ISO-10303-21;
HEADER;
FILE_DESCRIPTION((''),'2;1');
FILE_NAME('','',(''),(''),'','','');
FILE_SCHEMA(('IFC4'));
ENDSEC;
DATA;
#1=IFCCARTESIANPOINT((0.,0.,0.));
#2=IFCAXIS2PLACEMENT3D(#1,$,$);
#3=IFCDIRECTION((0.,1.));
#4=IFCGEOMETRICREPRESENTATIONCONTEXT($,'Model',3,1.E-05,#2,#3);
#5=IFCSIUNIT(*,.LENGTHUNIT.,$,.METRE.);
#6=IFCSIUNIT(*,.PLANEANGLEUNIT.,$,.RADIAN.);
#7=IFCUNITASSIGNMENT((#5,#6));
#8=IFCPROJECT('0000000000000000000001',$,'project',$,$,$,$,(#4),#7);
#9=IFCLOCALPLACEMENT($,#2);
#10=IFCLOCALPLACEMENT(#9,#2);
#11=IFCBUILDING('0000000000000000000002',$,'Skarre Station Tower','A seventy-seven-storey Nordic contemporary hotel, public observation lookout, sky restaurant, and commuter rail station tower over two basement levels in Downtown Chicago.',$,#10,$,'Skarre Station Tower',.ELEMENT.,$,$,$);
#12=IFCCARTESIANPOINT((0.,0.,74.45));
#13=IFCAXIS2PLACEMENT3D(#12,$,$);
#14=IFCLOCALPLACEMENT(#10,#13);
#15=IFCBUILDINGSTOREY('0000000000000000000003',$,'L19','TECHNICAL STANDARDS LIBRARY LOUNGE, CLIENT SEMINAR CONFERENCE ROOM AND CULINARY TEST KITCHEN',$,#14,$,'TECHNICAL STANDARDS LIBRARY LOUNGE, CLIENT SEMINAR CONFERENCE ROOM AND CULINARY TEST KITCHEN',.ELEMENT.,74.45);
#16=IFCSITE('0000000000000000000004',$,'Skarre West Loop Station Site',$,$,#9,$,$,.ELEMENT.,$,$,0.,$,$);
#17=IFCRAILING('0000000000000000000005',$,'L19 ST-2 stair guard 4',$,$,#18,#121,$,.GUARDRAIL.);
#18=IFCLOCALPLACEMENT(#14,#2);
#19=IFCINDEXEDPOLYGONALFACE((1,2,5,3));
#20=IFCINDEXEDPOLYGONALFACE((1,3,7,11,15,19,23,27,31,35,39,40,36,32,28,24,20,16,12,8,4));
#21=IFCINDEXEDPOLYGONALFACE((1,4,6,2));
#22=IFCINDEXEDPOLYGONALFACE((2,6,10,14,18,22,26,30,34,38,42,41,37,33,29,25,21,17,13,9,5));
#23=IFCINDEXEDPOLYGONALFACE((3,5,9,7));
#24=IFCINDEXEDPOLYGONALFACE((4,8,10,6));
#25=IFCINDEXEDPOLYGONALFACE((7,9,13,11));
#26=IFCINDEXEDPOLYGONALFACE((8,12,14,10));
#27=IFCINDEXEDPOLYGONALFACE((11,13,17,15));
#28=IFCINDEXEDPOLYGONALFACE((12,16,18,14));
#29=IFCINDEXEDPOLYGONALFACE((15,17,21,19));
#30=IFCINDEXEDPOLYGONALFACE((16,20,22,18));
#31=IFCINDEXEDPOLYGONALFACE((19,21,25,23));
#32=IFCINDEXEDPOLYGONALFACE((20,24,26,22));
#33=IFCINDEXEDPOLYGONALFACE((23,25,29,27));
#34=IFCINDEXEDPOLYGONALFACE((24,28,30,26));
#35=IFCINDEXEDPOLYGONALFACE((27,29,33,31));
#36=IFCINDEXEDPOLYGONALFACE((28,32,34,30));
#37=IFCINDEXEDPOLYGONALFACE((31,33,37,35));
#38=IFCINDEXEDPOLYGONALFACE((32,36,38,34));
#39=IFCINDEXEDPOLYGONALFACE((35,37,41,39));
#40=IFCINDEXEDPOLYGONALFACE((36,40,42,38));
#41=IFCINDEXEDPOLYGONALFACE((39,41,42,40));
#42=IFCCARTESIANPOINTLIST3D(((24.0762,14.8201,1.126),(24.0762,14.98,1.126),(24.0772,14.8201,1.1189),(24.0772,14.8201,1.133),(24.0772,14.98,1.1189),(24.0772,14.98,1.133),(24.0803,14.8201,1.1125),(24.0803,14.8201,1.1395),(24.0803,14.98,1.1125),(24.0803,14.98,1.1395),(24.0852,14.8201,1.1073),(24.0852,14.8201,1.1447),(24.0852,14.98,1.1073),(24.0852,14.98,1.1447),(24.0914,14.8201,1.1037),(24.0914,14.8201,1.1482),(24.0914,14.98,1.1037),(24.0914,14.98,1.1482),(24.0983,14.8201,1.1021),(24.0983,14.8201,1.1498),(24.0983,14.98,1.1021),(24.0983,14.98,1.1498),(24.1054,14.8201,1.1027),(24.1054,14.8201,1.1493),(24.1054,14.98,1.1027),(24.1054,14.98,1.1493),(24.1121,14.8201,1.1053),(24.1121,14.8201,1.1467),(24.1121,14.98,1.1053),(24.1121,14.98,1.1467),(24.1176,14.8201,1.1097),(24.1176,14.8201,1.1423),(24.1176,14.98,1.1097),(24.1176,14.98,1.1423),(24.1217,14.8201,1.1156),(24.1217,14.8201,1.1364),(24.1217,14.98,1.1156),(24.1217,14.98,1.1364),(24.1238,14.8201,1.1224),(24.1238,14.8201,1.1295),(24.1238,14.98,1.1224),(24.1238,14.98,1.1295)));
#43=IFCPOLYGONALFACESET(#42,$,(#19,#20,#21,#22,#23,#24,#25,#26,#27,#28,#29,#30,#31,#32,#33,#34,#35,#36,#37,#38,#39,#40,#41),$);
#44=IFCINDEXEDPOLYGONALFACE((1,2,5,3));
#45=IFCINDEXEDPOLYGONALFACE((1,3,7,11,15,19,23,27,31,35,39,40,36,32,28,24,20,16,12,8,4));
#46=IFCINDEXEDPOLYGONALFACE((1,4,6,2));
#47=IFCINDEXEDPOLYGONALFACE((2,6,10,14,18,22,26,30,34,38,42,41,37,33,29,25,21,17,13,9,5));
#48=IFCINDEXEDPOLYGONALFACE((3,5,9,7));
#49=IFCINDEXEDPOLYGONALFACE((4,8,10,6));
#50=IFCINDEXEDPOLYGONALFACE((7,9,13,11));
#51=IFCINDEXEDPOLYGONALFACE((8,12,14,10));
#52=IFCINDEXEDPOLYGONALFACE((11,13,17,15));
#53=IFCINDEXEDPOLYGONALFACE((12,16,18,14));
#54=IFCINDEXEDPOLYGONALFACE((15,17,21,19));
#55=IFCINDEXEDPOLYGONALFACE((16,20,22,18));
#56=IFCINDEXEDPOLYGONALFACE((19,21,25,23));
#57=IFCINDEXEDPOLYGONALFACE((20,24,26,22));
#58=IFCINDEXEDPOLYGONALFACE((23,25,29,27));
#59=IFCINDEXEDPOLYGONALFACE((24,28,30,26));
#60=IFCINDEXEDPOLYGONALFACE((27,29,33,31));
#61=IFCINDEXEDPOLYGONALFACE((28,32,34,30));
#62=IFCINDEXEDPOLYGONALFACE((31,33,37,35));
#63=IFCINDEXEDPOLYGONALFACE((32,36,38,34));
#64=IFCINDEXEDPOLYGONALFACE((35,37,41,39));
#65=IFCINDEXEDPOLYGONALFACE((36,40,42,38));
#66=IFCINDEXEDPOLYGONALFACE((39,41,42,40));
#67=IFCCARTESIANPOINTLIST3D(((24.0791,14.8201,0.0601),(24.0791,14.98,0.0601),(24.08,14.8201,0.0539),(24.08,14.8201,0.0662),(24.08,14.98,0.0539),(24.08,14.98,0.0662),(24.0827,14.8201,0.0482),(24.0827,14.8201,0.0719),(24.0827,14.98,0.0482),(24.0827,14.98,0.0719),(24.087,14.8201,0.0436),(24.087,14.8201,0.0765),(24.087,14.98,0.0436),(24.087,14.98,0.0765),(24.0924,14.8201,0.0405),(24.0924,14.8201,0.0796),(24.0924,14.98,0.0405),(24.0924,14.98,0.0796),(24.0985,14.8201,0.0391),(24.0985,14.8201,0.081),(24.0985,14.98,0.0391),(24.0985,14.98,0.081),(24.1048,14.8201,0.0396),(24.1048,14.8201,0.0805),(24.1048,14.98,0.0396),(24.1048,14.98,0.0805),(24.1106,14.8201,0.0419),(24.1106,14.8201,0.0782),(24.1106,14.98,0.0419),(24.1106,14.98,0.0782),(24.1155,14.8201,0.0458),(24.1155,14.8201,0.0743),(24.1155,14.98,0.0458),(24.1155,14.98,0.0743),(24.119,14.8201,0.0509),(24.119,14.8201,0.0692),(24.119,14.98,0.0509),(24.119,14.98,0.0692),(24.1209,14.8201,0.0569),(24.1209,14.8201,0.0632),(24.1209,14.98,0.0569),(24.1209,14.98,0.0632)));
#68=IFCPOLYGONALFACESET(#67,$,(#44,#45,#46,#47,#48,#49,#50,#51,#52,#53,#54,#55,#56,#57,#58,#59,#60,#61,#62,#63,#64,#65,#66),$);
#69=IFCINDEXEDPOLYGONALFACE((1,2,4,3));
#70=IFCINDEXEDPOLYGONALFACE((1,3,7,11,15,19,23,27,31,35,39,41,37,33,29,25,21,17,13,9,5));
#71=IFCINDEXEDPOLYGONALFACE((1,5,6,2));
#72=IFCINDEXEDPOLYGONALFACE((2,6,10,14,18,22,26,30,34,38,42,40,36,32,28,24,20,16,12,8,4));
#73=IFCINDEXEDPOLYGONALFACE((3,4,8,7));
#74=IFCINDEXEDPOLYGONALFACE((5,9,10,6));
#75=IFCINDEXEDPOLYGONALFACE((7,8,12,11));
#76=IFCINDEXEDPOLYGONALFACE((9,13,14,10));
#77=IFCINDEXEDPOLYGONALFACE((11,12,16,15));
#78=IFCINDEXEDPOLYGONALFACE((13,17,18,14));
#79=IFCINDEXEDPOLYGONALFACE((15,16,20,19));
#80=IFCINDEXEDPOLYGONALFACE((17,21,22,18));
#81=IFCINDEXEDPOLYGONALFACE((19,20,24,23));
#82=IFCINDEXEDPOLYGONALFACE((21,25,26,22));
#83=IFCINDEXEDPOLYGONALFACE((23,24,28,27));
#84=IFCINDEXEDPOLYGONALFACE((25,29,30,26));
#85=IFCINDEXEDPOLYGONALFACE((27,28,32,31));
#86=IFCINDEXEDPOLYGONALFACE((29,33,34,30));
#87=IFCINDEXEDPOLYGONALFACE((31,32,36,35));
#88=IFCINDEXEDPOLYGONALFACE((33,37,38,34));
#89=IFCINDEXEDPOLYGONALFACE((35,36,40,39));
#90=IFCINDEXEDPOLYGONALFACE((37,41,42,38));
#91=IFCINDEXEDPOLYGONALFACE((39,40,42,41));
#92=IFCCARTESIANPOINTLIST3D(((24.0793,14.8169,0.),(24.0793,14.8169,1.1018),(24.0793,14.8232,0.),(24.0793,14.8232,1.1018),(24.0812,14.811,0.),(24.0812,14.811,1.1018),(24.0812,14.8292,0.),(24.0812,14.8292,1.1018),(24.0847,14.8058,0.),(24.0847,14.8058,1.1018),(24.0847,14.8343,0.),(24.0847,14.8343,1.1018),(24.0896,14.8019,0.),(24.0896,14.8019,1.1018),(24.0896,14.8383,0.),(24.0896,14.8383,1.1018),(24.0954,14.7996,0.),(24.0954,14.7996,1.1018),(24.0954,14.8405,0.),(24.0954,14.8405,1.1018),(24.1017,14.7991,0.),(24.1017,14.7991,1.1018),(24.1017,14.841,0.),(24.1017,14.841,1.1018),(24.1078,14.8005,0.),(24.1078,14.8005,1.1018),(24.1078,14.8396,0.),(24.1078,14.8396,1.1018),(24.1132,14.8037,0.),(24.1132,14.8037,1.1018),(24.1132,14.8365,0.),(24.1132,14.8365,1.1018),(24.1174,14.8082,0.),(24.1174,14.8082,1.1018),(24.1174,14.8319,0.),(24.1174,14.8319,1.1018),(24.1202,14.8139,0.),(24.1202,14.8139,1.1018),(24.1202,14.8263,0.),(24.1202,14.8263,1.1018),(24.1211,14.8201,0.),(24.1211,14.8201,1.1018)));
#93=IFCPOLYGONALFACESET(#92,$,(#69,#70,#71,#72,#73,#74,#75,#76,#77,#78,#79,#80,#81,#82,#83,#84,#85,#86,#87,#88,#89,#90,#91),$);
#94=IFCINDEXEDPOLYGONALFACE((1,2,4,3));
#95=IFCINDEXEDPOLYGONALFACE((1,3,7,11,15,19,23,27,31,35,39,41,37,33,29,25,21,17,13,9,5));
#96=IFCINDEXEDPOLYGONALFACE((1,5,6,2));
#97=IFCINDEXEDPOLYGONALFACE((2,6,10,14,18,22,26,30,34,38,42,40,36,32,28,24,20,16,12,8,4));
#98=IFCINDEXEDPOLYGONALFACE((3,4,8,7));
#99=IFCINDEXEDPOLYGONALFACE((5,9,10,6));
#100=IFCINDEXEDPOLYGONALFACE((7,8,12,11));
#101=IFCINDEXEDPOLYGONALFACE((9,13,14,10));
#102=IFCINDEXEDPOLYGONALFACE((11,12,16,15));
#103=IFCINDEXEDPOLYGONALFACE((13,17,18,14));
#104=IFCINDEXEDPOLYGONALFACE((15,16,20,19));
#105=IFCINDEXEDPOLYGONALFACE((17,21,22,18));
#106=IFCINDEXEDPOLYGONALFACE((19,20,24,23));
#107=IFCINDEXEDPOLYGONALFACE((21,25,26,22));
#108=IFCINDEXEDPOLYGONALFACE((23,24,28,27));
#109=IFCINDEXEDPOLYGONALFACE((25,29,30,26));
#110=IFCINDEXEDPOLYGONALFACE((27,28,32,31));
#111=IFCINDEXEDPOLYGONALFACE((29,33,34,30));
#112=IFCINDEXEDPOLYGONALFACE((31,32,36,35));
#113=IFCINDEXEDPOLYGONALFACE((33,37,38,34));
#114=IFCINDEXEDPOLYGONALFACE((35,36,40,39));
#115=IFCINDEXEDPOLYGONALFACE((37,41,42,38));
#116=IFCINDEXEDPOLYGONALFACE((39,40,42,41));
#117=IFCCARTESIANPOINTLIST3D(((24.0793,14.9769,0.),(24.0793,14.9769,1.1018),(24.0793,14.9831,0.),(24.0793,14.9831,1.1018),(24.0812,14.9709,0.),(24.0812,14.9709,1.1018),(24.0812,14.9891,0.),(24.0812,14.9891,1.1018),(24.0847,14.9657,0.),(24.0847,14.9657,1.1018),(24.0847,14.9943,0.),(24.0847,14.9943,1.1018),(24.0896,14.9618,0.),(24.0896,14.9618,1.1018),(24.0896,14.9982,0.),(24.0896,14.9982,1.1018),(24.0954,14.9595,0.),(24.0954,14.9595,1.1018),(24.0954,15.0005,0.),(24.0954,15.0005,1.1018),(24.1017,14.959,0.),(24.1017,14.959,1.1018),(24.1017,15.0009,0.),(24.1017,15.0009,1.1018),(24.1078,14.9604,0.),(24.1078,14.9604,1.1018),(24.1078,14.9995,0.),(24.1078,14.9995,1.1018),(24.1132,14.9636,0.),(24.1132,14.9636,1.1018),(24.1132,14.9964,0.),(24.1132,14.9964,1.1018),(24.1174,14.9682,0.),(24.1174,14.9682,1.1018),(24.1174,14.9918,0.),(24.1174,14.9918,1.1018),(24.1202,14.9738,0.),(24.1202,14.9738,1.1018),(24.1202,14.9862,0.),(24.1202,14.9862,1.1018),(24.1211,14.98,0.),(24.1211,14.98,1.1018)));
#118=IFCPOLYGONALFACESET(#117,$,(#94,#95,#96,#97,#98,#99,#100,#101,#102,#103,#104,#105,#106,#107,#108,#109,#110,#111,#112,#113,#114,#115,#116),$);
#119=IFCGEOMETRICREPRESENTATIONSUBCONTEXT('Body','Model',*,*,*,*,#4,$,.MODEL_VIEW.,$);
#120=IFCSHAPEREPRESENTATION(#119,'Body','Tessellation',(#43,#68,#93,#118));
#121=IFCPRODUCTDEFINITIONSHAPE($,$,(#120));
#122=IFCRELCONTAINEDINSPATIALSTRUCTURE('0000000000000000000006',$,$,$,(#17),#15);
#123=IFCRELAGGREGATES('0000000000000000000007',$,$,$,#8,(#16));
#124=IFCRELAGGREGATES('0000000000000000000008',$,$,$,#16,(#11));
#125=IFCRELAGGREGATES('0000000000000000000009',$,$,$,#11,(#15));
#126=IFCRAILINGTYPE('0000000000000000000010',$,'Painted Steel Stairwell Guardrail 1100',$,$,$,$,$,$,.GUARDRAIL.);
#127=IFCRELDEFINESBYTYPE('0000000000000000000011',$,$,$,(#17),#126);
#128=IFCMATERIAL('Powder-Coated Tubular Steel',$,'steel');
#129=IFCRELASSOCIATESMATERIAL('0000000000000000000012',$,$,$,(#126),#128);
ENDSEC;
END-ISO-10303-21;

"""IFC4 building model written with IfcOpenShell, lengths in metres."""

from ifc_helpers import new_model, si_unit, direction, frame, origin, origin_2d, place, context, subcontext, project, spatial, circle, extrude, material, type_object, element, save


model = new_model("IFC4")

# Units and contexts
model_context = context("Model", 3, precision=1e-05, world=origin(), true_north=direction((0.0, 1.0)))
body_context = subcontext(model_context, "Body", "Model", "MODEL_VIEW")
ifc_project = project(units=[si_unit("LENGTHUNIT", "METRE"), si_unit("PLANEANGLEUNIT", "RADIAN")], contexts=[model_context])

# Site, building, storey
site_placement = place(None, origin())
site = spatial("IfcSite", under=ifc_project, at=site_placement, Name="Skarre West Loop Station Site", CompositionType="ELEMENT", RefElevation=0.0)
building_placement = place(site_placement, origin())
building = spatial("IfcBuilding", under=site, at=building_placement, Name="Skarre Station Tower", Description="A seventy-seven-storey Nordic contemporary hotel, public observation lookout, sky restaurant, and commuter rail station tower over two basement levels in Downtown Chicago.", LongName="Skarre Station Tower", CompositionType="ELEMENT")
storey_placement = place(building_placement, frame((0.0, 0.0, 74.45)))
storey = spatial("IfcBuildingStorey", under=building, at=storey_placement, Name="L19", Description="TECHNICAL STANDARDS LIBRARY LOUNGE, CLIENT SEMINAR CONFERENCE ROOM AND CULINARY TEST KITCHEN", LongName="TECHNICAL STANDARDS LIBRARY LOUNGE, CLIENT SEMINAR CONFERENCE ROOM AND CULINARY TEST KITCHEN", CompositionType="ELEMENT", Elevation=74.45)

# Railing
ifc_material_1 = material(Name="Powder-Coated Tubular Steel", Category="steel")
railing_type_1 = type_object("IfcRailingType", Name="Painted Steel Stairwell Guardrail 1100", PredefinedType="GUARDRAIL", material=ifc_material_1)
railing_1_placement = place(storey_placement, frame((24.1001, 14.8201, 0.0)))
element("IfcRailing", 1, at=railing_1_placement, inside=storey, type_object=railing_type_1, Name="L19 ST-2 stair guard 4", PredefinedType="GUARDRAIL", context=body_context, shape_type="SweptSolid", body=[
    extrude(circle(Radius=0.0239, at=origin_2d()), frame((0.0, 0.0, 1.126), z_axis=(0.0, 1.0, 0.0), x_axis=(-1.0, 0.0, 0.0)), (0.0, 0.0, 1.0), 0.1599),
    extrude(circle(Radius=0.021, at=origin_2d()), frame((0.0, 0.0, 0.0601), z_axis=(0.0, 1.0, 0.0), x_axis=(-1.0, 0.0, 0.0)), (0.0, 0.0, 1.0), 0.1599),
    extrude(circle(Radius=0.021, at=origin_2d()), origin(), (0.0, 0.0, 1.0), 1.1018),
    extrude(circle(Radius=0.021, at=origin_2d()), frame((0.0, 0.1599, 0.0)), (0.0, 0.0, 1.0), 1.1018),
])

save(model, "model.ifc")
